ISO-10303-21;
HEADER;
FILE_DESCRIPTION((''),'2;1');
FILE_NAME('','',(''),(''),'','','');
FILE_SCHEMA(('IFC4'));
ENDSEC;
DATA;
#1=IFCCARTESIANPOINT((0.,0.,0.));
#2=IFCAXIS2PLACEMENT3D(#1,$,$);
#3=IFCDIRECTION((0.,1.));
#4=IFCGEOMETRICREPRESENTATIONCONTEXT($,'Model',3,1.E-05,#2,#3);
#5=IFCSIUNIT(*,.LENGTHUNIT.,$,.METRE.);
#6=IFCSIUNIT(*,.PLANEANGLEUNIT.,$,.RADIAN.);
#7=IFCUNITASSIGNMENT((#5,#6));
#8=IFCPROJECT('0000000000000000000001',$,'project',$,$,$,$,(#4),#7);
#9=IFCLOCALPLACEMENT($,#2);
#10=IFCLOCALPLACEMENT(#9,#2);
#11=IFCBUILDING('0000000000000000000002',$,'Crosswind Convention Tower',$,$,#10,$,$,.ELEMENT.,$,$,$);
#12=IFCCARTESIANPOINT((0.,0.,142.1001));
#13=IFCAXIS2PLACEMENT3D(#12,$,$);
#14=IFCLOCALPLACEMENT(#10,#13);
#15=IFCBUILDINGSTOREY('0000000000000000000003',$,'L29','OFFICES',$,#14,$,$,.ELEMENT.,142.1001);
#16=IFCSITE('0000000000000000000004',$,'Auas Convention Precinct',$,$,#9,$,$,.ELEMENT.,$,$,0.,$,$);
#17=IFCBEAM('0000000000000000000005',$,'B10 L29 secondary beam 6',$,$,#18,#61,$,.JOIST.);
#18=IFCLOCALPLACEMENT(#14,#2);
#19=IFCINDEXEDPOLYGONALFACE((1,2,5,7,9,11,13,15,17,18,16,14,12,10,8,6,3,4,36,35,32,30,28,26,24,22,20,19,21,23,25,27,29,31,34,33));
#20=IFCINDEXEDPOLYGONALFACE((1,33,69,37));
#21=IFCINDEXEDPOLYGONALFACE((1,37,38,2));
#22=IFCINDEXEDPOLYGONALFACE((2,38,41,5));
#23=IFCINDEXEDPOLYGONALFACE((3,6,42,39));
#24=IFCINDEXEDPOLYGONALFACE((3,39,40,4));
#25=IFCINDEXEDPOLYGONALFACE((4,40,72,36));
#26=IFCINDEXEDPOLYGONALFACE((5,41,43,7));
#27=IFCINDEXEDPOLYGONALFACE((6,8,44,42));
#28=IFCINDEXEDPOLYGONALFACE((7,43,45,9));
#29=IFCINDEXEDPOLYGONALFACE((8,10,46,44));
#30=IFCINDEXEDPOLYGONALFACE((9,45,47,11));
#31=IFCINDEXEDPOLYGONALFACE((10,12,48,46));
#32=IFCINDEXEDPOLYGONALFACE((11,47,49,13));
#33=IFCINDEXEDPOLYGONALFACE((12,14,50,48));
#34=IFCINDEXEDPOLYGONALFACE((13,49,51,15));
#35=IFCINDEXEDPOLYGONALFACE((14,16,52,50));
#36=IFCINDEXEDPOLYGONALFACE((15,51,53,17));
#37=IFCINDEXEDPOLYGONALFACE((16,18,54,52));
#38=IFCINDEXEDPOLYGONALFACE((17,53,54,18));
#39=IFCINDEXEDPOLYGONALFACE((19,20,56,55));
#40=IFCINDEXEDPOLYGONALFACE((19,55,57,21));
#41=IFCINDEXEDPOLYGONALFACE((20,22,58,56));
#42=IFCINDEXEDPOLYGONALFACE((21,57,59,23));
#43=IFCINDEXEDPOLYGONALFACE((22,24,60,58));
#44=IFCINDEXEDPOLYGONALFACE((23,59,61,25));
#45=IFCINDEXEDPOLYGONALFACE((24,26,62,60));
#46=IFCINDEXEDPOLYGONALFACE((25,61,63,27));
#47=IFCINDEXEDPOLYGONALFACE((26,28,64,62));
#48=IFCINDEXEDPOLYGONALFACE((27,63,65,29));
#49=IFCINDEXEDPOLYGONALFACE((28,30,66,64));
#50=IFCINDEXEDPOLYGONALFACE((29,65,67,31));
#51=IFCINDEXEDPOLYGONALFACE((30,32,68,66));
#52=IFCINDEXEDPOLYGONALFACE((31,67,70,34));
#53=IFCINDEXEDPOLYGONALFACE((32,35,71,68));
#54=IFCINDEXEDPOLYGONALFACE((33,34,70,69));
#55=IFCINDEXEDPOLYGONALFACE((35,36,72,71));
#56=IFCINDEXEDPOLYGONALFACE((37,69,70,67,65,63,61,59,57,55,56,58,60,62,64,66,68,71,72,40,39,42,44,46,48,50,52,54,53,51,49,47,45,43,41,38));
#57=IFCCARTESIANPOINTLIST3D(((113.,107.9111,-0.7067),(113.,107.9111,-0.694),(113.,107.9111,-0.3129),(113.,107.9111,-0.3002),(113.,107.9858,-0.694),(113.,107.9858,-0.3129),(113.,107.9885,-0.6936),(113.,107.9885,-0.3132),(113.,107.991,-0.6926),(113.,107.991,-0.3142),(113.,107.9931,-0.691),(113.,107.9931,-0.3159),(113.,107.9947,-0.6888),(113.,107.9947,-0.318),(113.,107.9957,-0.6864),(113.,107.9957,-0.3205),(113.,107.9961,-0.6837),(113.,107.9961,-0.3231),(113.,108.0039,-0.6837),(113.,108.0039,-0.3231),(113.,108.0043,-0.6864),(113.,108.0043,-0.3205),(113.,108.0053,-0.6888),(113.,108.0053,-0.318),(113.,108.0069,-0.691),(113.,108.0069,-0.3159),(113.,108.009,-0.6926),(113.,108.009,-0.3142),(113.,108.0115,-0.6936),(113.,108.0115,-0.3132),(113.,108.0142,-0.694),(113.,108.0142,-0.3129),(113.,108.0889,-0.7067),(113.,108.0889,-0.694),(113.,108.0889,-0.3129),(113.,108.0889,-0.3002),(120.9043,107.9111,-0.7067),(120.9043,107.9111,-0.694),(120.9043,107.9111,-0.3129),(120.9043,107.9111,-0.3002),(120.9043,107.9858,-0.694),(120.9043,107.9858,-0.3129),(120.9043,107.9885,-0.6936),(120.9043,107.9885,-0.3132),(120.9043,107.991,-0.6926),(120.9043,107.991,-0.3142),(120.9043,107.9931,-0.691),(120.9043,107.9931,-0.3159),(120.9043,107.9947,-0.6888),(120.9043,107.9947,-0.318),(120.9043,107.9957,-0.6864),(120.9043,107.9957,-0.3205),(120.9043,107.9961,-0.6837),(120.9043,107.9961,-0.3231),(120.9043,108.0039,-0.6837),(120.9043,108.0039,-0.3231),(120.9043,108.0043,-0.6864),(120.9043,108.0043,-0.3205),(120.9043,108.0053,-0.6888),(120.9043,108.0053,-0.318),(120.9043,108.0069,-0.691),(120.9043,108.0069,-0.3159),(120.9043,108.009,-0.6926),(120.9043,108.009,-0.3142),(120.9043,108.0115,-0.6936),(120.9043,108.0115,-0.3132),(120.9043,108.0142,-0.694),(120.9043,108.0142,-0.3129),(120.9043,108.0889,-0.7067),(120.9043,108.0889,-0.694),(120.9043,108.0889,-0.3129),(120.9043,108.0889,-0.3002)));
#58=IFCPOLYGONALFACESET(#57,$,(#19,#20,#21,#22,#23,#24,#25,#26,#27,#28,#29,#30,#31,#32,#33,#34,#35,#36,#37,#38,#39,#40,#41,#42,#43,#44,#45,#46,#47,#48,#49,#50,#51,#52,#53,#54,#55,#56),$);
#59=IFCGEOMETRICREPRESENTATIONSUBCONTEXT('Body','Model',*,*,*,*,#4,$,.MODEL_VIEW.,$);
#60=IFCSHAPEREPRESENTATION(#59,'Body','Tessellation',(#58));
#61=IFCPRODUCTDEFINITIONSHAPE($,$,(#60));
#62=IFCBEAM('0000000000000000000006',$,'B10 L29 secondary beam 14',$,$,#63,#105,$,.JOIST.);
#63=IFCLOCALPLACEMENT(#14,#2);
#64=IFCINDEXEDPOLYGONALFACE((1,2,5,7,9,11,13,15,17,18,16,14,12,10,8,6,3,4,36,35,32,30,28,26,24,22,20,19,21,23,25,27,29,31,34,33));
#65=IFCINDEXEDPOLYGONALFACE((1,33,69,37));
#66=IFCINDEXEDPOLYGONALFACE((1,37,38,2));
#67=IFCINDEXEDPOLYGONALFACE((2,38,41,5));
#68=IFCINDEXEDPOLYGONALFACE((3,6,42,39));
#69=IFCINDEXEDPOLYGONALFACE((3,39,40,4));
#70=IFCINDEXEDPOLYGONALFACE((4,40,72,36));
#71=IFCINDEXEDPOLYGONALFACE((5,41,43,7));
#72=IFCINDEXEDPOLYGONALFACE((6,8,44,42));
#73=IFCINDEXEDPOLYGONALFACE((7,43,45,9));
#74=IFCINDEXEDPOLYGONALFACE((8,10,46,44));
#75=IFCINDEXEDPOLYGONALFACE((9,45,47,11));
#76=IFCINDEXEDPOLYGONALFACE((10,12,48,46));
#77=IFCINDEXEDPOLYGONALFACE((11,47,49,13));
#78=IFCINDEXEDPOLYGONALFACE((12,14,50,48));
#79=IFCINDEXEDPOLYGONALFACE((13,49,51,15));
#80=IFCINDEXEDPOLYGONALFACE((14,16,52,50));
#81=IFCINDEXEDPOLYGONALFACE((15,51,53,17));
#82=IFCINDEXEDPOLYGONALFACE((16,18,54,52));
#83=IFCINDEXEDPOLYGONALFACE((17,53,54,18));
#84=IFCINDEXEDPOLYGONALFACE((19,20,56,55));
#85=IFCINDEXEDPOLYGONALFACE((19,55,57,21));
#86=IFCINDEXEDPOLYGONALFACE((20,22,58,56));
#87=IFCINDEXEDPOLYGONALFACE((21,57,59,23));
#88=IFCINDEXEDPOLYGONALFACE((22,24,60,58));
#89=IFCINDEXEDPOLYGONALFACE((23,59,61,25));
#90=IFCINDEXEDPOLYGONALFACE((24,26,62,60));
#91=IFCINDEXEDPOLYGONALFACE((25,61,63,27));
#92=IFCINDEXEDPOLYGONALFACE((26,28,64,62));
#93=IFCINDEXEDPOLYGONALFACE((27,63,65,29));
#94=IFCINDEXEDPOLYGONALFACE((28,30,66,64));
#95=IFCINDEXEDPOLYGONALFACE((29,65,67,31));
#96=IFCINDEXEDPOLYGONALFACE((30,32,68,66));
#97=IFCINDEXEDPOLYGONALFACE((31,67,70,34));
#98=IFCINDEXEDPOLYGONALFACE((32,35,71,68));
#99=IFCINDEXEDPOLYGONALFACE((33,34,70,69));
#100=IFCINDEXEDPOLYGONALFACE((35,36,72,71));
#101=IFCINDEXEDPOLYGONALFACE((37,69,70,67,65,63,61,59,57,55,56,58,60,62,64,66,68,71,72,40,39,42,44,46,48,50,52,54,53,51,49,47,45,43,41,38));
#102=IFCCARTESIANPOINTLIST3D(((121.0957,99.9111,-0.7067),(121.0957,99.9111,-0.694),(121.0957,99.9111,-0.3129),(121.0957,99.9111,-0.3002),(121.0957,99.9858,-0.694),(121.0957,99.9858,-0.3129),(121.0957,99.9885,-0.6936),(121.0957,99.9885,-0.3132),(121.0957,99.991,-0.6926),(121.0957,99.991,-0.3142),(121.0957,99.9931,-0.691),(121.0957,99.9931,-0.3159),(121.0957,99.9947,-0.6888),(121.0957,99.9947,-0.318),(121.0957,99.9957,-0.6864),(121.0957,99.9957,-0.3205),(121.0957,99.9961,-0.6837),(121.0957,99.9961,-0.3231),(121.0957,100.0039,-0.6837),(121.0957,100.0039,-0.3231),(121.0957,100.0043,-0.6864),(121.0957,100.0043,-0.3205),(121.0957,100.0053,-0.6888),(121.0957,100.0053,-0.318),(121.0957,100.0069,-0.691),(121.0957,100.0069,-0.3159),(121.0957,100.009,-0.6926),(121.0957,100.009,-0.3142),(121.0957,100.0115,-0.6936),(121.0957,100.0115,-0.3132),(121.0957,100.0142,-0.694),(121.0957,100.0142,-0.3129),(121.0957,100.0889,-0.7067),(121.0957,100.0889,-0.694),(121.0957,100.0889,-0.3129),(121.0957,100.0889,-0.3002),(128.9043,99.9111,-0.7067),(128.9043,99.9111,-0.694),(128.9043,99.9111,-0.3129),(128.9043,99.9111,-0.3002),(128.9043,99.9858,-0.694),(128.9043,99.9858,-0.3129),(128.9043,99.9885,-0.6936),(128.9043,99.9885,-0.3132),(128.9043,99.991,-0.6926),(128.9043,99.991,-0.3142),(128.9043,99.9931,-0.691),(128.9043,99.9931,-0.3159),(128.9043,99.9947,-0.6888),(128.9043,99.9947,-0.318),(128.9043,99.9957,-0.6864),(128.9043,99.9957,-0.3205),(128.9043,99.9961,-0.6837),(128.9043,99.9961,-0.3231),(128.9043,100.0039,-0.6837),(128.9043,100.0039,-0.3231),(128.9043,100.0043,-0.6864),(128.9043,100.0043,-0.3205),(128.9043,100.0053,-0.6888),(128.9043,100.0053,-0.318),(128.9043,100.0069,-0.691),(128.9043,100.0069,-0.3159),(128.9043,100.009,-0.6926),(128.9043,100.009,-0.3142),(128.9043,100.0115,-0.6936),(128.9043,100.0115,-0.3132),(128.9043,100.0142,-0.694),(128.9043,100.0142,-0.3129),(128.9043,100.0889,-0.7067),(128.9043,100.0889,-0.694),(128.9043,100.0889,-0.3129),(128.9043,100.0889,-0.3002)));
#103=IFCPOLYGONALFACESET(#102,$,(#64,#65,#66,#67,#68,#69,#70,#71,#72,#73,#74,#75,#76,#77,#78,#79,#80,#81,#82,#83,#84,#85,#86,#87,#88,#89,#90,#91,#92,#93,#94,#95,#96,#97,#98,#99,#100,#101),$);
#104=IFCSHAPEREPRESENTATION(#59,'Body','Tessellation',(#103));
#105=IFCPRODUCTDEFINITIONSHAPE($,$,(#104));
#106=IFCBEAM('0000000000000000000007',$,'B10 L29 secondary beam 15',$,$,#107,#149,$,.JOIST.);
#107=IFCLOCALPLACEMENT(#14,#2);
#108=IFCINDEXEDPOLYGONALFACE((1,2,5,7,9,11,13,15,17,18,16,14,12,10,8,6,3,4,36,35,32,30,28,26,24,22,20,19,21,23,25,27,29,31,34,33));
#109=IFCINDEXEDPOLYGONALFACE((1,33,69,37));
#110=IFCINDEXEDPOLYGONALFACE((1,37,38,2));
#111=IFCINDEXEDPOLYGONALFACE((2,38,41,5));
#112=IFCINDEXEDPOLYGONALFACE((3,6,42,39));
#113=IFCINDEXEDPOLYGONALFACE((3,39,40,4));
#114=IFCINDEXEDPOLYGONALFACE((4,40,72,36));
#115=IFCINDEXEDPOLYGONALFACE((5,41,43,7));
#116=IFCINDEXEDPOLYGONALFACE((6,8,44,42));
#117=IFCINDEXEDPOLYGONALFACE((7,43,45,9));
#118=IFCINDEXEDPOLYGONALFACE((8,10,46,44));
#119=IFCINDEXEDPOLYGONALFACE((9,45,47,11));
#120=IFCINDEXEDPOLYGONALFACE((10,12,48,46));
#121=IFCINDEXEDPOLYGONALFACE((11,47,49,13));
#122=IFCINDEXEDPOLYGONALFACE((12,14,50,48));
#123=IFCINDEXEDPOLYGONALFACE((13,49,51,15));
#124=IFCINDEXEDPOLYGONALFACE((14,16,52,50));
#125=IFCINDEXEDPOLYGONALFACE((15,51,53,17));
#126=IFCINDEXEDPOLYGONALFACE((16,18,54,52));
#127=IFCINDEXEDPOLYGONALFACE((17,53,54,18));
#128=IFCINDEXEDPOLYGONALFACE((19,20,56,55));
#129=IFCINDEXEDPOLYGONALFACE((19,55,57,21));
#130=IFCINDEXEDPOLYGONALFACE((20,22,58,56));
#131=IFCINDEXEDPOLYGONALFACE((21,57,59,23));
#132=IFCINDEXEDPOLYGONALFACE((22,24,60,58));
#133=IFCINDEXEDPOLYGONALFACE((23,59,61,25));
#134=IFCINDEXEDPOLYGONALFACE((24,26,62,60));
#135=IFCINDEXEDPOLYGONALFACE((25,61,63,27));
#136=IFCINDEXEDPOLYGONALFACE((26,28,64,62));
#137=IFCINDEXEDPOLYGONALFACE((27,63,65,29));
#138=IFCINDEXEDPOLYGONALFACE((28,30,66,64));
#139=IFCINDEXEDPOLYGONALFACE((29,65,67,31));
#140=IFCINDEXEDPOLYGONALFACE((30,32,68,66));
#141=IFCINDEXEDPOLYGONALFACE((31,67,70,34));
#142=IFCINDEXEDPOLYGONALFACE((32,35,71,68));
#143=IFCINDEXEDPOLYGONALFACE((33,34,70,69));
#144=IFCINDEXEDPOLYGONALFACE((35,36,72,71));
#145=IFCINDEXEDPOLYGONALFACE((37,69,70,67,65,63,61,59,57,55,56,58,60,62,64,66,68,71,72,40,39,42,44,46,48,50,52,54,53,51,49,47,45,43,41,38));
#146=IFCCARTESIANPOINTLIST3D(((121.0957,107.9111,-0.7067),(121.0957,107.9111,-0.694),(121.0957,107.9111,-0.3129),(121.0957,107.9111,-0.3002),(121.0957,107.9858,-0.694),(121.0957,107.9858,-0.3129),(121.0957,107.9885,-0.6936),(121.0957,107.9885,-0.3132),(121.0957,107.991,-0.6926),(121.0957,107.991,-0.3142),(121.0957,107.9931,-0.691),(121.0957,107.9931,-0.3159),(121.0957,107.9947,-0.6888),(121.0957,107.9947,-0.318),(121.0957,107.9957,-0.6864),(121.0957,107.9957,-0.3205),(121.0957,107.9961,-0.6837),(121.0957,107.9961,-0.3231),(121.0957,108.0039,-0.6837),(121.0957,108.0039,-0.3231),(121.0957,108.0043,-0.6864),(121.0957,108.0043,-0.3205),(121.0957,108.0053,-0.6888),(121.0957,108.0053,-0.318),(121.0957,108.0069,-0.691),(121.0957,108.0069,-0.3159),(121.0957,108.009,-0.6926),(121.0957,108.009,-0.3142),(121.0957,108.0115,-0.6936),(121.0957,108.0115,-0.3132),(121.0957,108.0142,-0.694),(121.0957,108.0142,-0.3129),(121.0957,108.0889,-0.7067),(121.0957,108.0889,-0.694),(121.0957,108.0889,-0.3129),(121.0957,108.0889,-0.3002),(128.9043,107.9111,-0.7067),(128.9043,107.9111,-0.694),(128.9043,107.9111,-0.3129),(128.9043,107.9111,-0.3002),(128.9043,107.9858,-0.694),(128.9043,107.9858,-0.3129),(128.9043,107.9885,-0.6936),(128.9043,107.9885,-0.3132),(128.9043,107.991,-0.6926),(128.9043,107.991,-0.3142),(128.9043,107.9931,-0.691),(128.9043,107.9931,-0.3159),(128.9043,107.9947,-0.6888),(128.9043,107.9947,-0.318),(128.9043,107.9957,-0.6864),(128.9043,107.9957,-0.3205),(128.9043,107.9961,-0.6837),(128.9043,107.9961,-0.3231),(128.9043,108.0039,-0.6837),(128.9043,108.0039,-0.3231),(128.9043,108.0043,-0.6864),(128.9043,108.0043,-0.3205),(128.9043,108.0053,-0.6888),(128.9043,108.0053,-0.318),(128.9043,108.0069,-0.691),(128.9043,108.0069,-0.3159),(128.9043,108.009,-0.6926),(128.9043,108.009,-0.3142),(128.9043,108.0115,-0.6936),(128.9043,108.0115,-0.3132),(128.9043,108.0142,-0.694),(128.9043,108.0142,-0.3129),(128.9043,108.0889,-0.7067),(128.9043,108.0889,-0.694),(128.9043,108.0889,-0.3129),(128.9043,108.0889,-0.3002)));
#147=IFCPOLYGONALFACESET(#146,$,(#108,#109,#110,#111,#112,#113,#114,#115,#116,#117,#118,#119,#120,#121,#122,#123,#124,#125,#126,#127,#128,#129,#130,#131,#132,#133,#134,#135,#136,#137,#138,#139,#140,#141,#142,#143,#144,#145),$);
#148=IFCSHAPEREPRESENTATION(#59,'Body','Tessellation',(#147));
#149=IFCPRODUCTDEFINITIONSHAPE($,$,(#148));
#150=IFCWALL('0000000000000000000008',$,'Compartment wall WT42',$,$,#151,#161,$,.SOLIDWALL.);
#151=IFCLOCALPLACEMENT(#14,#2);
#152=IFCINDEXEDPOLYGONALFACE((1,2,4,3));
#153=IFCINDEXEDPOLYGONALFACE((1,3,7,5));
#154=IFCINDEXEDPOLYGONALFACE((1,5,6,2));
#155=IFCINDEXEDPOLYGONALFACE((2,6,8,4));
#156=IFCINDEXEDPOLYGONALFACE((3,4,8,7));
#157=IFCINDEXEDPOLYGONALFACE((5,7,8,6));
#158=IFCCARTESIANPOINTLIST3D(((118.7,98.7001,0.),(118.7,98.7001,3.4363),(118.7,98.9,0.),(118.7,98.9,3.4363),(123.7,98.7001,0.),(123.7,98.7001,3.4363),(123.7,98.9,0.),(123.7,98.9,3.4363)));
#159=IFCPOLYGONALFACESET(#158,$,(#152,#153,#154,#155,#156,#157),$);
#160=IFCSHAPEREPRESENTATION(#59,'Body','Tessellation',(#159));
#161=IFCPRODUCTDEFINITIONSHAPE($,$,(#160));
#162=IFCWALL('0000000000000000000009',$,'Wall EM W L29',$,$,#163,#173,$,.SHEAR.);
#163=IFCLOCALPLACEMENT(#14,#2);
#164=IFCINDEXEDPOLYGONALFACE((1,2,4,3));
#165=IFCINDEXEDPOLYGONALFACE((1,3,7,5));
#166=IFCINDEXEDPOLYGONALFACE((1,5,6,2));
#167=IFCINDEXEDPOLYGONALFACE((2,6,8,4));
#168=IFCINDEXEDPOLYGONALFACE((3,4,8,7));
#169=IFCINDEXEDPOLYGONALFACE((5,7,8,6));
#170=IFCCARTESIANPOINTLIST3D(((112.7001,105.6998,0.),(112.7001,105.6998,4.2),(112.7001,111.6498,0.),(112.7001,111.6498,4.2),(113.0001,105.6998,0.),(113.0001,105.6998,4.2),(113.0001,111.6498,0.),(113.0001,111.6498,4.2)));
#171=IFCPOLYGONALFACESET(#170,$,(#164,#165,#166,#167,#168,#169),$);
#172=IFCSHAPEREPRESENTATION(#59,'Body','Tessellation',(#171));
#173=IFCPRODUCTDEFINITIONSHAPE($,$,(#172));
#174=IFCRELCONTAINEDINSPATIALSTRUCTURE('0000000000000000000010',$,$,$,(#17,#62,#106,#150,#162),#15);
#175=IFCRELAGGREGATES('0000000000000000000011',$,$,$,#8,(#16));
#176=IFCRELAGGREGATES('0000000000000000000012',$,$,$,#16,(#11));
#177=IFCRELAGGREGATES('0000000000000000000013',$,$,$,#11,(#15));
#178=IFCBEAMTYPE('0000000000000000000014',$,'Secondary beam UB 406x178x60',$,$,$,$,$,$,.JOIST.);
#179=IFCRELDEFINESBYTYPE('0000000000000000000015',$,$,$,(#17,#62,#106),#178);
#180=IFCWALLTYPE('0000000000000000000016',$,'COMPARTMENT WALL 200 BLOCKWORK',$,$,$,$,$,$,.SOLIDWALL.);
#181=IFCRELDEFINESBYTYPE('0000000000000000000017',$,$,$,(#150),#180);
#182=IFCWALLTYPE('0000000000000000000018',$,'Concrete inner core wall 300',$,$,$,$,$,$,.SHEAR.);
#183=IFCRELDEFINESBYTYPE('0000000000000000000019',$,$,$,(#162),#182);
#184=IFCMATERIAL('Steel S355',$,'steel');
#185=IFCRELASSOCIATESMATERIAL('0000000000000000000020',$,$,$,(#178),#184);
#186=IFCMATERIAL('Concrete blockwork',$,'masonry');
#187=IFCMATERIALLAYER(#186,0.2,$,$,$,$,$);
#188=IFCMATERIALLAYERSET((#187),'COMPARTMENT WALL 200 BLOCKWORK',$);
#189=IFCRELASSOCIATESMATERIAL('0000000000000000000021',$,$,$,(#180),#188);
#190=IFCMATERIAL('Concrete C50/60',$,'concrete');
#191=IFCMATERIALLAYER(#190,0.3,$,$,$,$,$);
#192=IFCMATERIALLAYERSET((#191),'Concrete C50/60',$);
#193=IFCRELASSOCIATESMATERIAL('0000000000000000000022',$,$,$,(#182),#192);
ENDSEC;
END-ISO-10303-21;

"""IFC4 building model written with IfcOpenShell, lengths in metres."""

from ifc_helpers import new_model, si_unit, direction, frame, frame_2d, origin, origin_2d, place, context, subcontext, project, spatial, rectangle, i_section, extrude, material, layer, layer_set, material_profile, profile_set, type_object, element, save


model = new_model("IFC4")

# Units and contexts
model_context = context("Model", 3, precision=1e-05, world=origin(), true_north=direction((0.0, 1.0)))
body_context = subcontext(model_context, "Body", "Model", "MODEL_VIEW")
ifc_project = project(units=[si_unit("LENGTHUNIT", "METRE"), si_unit("PLANEANGLEUNIT", "RADIAN")], contexts=[model_context])

# Site, building, storey
site_placement = place(None, origin())
site = spatial("IfcSite", under=ifc_project, at=site_placement, Name="Auas Convention Precinct", CompositionType="ELEMENT", RefElevation=0.0)
building_placement = place(site_placement, origin())
building = spatial("IfcBuilding", under=site, at=building_placement, Name="Crosswind Convention Tower", CompositionType="ELEMENT")
storey_placement = place(building_placement, frame((0.0, 0.0, 142.1001)))
storey = spatial("IfcBuildingStorey", under=building, at=storey_placement, Name="L29", Description="OFFICES", CompositionType="ELEMENT", Elevation=142.1001)

# Shared definitions
ifc_material_1 = material(Name="Steel S355", Category="steel")

# Beams
ifc_material_profile_1 = material_profile(ifc_material_1, i_section(OverallWidth=0.1777, OverallDepth=0.4065, WebThickness=0.0078, FlangeThickness=0.0127, FilletRadius=0.0103, at=origin_2d()), Name="UB 406x178x60")
ifc_profile_set_1 = profile_set([ifc_material_profile_1], Name="Steel S355")
beam_type_1 = type_object("IfcBeamType", Name="Secondary beam UB 406x178x60", PredefinedType="JOIST", material=ifc_profile_set_1)
for number, where, z_axis, x_axis, name in (
    (1, (113.0, 108.0, -0.5034), (1.0, 0.0, 0.0), (0.0, 1.0, 0.0), "B10 L29 secondary beam 6"),
):
    element("IfcBeam", number, at=place(storey_placement, frame(where, z_axis=z_axis, x_axis=x_axis)), inside=storey, type_object=beam_type_1, Name=name, PredefinedType="JOIST", context=body_context, shape_type="SweptSolid", body=[
        extrude(i_section(OverallWidth=0.1777, OverallDepth=0.4065, WebThickness=0.0078, FlangeThickness=0.0127, FilletRadius=0.0103, at=origin_2d()), origin(), (0.0, 0.0, 1.0), 7.9043),
    ])
for number, where, z_axis, x_axis, name in (
    (2, (121.0957, 100.0, -0.5034), (1.0, 0.0, 0.0), (0.0, 1.0, 0.0), "B10 L29 secondary beam 14"),
    (3, (121.0957, 108.0, -0.5034), (1.0, 0.0, 0.0), (0.0, 1.0, 0.0), "B10 L29 secondary beam 15"),
):
    element("IfcBeam", number, at=place(storey_placement, frame(where, z_axis=z_axis, x_axis=x_axis)), inside=storey, type_object=beam_type_1, Name=name, PredefinedType="JOIST", context=body_context, shape_type="SweptSolid", body=[
        extrude(i_section(OverallWidth=0.1777, OverallDepth=0.4065, WebThickness=0.0078, FlangeThickness=0.0127, FilletRadius=0.0103, at=origin_2d()), origin(), (0.0, 0.0, 1.0), 7.8086),
    ])

# Wall
ifc_material_2 = material(Name="Concrete blockwork", Category="masonry")
ifc_layer_1 = layer(ifc_material_2, 0.2)
ifc_layer_set_1 = layer_set([ifc_layer_1], Name="COMPARTMENT WALL 200 BLOCKWORK")
wall_type_1 = type_object("IfcWallType", Name="COMPARTMENT WALL 200 BLOCKWORK", PredefinedType="SOLIDWALL", material=ifc_layer_set_1)
wall_1_placement = place(storey_placement, frame((118.7, 98.8, 0.0), z_axis=(0.0, 0.0, 1.0), x_axis=(1.0, 0.0, 0.0)))
element("IfcWall", 4, at=wall_1_placement, inside=storey, type_object=wall_type_1, Name="Compartment wall WT42", PredefinedType="SOLIDWALL", context=body_context, shape_type="SweptSolid", body=[
    extrude(rectangle(XDim=5.0, YDim=0.2, at=frame_2d((2.5, 0.0))), origin(), (0.0, 0.0, 1.0), 3.4363),
])

# Shared definitions
ifc_material_3 = material(Name="Concrete C50/60", Category="concrete")
ifc_layer_2 = layer(ifc_material_3, 0.3)
ifc_layer_set_2 = layer_set([ifc_layer_2], Name="Concrete C50/60")
wall_type_2 = type_object("IfcWallType", Name="Concrete inner core wall 300", PredefinedType="SHEAR", material=ifc_layer_set_2)

# Wall
wall_2_placement = place(storey_placement, frame((112.8501, 111.6499, 0.0), z_axis=(0.0, 0.0, 1.0), x_axis=(0.0, -1.0, 0.0)))
element("IfcWall", 5, at=wall_2_placement, inside=storey, type_object=wall_type_2, Name="Wall EM W L29", PredefinedType="SHEAR", context=body_context, shape_type="SweptSolid", body=[
    extrude(rectangle(XDim=5.95, YDim=0.3, at=frame_2d((2.9751, 0.0))), origin(), (0.0, 0.0, 1.0), 4.2),
])

save(model, "model.ifc")
